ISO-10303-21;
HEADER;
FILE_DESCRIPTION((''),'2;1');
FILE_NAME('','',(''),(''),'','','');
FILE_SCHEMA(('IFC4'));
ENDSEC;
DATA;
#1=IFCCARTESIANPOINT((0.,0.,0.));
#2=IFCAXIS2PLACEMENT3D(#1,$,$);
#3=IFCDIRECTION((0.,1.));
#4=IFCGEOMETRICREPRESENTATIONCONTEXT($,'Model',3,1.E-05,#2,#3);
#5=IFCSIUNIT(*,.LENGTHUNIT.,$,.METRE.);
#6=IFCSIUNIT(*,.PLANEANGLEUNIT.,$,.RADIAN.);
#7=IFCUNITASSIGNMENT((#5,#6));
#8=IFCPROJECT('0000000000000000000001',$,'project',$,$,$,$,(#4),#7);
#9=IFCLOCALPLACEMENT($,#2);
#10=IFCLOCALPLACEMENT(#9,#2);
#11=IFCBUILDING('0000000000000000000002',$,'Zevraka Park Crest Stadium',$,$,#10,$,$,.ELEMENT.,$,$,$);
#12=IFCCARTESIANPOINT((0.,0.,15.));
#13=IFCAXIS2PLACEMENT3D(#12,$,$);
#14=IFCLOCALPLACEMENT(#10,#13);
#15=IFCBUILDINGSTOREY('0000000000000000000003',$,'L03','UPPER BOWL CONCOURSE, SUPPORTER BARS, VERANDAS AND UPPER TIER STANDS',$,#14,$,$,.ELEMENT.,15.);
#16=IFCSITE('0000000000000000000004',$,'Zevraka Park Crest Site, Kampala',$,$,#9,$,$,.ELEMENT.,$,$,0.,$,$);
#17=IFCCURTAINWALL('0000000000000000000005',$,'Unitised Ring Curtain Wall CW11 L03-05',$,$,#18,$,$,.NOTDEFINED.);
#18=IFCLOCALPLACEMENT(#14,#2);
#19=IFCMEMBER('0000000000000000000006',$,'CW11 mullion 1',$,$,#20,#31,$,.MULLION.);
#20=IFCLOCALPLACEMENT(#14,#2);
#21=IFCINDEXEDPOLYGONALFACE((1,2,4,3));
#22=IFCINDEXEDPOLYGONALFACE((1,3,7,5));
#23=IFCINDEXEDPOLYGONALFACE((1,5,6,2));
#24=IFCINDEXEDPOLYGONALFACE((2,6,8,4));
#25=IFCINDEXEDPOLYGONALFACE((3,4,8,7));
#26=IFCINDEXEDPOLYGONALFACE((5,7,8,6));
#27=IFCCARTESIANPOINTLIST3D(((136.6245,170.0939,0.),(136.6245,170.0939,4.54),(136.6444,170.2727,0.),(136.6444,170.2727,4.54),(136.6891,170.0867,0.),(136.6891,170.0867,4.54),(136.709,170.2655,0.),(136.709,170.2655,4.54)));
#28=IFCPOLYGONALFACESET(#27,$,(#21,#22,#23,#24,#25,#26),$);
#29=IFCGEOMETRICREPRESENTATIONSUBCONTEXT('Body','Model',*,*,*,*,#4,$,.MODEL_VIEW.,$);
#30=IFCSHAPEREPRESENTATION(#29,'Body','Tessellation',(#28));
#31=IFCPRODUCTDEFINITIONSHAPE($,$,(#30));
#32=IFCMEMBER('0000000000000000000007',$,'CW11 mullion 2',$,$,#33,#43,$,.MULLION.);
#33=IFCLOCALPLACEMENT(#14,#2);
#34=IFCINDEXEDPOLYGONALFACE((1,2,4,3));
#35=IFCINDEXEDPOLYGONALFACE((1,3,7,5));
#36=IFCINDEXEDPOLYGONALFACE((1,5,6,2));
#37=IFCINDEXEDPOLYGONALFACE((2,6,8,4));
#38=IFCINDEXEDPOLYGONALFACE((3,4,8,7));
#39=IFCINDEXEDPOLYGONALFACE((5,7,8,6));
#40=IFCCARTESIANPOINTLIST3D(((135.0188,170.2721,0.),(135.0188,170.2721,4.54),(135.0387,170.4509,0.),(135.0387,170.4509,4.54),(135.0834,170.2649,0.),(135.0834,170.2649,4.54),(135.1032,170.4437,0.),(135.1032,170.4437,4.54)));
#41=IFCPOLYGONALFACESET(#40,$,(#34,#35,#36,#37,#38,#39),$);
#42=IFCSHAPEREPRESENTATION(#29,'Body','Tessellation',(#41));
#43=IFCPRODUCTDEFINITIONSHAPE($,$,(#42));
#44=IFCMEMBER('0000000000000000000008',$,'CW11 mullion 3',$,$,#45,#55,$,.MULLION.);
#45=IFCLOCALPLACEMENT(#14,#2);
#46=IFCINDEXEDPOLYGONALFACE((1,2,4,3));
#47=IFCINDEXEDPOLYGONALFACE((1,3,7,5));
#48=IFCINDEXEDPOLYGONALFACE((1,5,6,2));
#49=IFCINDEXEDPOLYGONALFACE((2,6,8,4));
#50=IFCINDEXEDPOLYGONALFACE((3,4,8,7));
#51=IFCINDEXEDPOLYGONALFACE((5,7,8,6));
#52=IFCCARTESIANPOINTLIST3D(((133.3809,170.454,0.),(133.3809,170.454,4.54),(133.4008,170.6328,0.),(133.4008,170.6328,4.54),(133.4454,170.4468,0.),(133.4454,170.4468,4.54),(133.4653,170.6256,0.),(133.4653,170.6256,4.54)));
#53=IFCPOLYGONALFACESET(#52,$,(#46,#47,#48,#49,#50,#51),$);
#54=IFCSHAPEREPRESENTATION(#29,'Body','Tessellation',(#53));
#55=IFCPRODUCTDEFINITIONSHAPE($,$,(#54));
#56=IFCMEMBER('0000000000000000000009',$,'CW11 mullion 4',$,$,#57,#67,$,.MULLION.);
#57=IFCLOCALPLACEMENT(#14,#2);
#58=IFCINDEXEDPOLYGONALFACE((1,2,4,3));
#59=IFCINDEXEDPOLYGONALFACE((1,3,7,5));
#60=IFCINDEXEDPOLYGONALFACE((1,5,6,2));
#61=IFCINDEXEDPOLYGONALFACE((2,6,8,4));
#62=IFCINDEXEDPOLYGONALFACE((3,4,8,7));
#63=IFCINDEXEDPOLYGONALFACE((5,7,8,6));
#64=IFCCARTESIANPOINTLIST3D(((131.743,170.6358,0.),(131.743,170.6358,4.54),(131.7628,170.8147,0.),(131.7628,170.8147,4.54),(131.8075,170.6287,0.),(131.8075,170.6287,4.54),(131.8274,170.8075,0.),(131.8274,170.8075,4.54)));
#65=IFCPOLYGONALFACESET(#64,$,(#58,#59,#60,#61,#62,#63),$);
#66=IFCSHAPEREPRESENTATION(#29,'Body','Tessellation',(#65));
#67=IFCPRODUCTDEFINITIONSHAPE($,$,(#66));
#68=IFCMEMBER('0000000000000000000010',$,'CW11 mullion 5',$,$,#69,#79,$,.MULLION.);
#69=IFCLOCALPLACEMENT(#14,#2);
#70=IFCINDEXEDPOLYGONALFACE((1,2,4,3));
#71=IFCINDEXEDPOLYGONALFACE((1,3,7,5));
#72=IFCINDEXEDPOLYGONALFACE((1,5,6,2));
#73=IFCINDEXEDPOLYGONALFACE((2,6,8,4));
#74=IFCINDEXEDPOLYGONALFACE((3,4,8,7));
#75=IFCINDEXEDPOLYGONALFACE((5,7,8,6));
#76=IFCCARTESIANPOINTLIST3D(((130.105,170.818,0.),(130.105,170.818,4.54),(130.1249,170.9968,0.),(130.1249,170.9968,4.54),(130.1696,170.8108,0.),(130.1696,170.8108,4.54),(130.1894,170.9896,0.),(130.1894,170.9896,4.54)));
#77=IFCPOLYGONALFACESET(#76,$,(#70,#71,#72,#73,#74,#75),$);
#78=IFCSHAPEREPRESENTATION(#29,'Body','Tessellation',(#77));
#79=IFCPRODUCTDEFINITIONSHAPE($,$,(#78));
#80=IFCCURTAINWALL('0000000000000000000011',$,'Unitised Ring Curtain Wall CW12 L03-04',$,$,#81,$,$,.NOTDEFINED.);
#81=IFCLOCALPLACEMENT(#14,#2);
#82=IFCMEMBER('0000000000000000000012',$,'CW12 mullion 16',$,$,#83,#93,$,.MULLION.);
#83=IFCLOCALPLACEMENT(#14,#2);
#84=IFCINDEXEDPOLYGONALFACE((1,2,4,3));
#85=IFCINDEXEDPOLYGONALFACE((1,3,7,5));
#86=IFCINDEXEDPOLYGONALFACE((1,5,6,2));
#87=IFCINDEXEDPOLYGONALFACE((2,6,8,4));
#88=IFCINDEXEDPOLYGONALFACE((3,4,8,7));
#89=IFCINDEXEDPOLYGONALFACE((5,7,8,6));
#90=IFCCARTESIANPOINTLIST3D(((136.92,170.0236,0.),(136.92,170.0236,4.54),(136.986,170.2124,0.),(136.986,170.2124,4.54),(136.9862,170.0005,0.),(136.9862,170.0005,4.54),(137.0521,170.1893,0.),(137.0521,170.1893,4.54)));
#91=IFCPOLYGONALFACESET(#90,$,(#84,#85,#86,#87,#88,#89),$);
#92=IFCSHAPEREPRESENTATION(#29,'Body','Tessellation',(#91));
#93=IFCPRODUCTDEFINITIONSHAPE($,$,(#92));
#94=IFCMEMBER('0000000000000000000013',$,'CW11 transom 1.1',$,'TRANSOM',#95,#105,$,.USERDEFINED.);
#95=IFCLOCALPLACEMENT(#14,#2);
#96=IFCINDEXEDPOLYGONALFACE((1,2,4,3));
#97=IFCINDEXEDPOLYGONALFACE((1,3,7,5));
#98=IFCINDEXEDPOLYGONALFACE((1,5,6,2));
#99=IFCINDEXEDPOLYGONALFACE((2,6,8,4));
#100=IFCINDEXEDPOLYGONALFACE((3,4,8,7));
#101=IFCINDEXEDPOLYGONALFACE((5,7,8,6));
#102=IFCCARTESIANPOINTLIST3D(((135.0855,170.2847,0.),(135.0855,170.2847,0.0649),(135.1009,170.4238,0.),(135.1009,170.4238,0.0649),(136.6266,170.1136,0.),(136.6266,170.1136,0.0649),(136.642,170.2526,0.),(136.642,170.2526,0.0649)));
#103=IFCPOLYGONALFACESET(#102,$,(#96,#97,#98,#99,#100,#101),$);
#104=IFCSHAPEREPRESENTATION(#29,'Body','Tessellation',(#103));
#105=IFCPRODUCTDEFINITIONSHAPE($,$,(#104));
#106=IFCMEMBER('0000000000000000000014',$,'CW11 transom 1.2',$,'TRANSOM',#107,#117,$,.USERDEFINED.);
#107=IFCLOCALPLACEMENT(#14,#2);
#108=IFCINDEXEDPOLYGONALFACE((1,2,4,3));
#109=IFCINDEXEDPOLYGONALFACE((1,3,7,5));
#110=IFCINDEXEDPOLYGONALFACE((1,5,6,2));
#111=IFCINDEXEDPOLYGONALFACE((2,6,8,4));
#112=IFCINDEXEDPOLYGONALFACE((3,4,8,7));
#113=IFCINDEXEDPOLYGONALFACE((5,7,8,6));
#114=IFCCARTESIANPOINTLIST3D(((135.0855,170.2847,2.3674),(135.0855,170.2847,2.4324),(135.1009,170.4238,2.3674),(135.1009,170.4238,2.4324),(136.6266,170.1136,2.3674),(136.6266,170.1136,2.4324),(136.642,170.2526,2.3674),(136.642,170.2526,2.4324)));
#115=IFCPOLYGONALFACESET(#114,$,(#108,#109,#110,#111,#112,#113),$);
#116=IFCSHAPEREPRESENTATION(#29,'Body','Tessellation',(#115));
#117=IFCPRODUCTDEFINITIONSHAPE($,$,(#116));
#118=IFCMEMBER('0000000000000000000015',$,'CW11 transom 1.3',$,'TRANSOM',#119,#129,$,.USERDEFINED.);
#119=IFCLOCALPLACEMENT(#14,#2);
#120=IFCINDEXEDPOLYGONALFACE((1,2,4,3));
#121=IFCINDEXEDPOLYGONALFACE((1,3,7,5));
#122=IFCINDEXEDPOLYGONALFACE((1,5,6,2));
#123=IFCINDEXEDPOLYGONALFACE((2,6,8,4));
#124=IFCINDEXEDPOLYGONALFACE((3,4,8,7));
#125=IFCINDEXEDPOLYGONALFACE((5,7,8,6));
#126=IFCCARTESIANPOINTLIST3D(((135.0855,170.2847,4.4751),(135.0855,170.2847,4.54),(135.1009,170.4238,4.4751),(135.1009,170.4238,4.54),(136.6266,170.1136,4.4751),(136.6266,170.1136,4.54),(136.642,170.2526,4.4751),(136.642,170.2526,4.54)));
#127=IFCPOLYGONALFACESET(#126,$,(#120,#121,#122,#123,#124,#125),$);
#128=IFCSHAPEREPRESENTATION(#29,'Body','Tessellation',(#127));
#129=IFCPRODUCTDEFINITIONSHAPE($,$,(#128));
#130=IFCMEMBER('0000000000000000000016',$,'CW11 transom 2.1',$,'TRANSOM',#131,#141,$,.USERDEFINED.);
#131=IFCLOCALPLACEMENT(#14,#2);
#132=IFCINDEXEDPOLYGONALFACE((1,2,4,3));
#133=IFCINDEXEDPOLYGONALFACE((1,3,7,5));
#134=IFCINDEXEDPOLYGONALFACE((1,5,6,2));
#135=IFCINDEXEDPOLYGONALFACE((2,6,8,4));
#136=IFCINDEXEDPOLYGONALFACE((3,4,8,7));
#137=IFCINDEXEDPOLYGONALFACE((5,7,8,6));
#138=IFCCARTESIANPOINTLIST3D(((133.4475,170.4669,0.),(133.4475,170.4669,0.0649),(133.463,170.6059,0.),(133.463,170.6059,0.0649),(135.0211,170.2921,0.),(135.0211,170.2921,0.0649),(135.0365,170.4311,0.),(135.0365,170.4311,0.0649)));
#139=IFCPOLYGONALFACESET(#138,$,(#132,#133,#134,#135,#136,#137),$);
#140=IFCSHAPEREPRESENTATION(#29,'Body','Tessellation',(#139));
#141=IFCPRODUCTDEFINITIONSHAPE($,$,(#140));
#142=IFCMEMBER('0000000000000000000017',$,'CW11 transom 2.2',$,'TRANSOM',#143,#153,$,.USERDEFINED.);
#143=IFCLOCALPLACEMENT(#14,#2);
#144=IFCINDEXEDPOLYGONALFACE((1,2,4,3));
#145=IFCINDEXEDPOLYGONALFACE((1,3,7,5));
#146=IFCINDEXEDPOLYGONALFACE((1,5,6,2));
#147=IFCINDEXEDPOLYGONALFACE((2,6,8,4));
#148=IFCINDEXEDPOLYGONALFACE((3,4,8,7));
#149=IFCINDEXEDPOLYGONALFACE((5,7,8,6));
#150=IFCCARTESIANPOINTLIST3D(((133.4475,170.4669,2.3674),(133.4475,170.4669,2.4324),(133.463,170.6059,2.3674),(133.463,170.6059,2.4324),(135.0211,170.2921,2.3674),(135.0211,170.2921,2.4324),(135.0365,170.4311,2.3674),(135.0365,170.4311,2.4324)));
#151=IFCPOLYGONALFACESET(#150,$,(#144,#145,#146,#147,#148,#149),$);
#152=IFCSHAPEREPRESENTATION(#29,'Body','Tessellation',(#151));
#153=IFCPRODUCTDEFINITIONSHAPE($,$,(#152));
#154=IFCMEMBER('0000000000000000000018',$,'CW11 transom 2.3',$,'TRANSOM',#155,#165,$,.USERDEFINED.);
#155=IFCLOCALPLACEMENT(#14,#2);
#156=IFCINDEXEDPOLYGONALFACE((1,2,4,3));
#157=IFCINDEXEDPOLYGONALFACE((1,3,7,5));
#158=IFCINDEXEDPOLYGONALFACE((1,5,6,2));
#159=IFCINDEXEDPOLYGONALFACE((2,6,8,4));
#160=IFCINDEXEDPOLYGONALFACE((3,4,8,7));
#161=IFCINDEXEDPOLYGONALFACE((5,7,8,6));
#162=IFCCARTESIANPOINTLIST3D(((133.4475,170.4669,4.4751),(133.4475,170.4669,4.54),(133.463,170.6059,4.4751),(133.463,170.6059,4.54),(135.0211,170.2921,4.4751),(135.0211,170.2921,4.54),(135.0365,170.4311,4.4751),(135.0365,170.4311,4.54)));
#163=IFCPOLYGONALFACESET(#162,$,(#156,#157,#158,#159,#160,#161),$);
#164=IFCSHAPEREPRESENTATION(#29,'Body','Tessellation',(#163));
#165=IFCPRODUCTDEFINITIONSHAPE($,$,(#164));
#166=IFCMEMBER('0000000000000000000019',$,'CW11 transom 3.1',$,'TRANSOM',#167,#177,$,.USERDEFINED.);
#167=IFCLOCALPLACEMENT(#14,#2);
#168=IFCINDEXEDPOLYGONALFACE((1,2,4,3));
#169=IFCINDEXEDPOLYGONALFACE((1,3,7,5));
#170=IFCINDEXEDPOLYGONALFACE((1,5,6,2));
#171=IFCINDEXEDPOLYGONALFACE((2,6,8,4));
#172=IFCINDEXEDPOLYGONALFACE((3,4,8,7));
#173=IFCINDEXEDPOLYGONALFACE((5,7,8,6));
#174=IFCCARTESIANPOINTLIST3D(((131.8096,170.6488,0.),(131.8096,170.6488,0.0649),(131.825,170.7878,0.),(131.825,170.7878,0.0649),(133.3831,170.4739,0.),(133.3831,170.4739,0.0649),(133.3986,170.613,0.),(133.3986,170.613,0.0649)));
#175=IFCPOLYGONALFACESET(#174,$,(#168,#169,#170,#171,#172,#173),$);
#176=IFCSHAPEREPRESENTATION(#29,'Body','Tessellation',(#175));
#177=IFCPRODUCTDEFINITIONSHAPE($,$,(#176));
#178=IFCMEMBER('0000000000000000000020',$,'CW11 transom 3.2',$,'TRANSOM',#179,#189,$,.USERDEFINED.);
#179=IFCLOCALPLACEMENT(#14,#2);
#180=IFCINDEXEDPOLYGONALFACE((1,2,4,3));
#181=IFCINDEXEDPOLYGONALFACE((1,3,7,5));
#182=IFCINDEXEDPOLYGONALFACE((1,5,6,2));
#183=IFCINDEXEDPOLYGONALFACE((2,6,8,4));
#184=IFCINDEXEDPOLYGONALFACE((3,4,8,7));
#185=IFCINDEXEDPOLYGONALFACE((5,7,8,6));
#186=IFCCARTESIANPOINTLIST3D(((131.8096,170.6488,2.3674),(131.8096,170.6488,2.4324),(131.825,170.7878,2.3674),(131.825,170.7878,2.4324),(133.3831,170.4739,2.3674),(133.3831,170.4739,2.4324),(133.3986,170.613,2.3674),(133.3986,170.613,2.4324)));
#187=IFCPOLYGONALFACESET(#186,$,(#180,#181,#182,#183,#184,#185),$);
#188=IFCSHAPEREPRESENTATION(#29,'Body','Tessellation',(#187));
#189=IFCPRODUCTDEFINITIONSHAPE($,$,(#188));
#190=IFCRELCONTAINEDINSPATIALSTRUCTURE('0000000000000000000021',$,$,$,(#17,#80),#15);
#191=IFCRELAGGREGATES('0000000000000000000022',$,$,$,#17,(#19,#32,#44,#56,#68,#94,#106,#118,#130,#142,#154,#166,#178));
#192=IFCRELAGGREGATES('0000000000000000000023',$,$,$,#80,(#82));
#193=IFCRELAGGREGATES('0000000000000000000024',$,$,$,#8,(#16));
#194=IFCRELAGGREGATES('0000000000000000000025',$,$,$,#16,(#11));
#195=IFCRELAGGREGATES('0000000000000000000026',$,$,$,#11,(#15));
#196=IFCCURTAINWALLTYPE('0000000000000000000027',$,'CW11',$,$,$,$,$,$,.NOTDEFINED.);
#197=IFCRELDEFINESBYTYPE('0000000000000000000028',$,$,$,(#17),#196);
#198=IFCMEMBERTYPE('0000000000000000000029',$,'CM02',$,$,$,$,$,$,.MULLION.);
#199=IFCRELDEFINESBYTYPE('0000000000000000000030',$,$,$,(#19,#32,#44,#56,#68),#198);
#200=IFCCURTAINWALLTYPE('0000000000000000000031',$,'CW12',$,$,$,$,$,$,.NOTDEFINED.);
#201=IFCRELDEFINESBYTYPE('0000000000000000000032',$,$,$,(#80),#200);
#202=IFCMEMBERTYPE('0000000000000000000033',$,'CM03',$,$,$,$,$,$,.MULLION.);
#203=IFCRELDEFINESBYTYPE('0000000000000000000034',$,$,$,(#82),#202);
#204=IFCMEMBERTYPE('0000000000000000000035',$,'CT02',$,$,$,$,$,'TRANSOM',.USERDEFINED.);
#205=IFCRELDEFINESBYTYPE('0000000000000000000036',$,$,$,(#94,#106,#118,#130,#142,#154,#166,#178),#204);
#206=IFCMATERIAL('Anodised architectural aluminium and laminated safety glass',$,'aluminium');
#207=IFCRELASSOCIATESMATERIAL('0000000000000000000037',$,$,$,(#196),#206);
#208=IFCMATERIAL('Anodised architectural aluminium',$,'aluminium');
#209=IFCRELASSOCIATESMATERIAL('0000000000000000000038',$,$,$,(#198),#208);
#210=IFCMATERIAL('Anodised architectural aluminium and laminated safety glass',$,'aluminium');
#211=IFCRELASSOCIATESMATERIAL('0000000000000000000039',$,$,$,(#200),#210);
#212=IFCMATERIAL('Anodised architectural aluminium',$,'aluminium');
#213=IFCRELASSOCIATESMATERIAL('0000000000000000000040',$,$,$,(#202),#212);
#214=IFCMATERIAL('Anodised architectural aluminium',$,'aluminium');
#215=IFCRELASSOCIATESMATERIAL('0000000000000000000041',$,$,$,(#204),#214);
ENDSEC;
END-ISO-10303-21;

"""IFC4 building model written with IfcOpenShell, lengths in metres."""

from ifc_helpers import new_model, si_unit, direction, frame, origin, origin_2d, place, context, subcontext, project, spatial, rectangle, extrude, material, material_profile, profile_set, type_object, element, aggregate, save


model = new_model("IFC4")

# Units and contexts
model_context = context("Model", 3, precision=1e-05, world=origin(), true_north=direction((0.0, 1.0)))
body_context = subcontext(model_context, "Body", "Model", "MODEL_VIEW")
ifc_project = project(units=[si_unit("LENGTHUNIT", "METRE"), si_unit("PLANEANGLEUNIT", "RADIAN")], contexts=[model_context])

# Site, building, storey
site_placement = place(None, origin())
site = spatial("IfcSite", under=ifc_project, at=site_placement, Name="Zevraka Park Crest Site, Kampala", CompositionType="ELEMENT", RefElevation=0.0)
building_placement = place(site_placement, origin())
building = spatial("IfcBuilding", under=site, at=building_placement, Name="Zevraka Park Crest Stadium", CompositionType="ELEMENT")
storey_placement = place(building_placement, frame((0.0, 0.0, 15.0)))
storey = spatial("IfcBuildingStorey", under=building, at=storey_placement, Name="L03", Description="UPPER BOWL CONCOURSE, SUPPORTER BARS, VERANDAS AND UPPER TIER STANDS", CompositionType="ELEMENT", Elevation=15.0)

# Curtain wall, members
ifc_material_1 = material(Name="Anodised architectural aluminium and laminated safety glass", Category="aluminium")
curtain_wall_type_1 = type_object("IfcCurtainWallType", Name="CW11", PredefinedType="NOTDEFINED", material=ifc_material_1)
curtain_wall_1_placement = place(storey_placement, origin())
curtain_wall_1 = element("IfcCurtainWall", 1, at=curtain_wall_1_placement, inside=storey, type_object=curtain_wall_type_1, Name="Unitised Ring Curtain Wall CW11 L03-05", PredefinedType="NOTDEFINED")
ifc_material_2 = material(Name="Anodised architectural aluminium", Category="aluminium")
ifc_material_profile_1 = material_profile(ifc_material_2, rectangle(XDim=0.1799, YDim=0.0649, at=origin_2d()), Name="ALU MULLION 180x65")
ifc_profile_set_1 = profile_set([ifc_material_profile_1], Name="Anodised architectural aluminium")
member_type_1 = type_object("IfcMemberType", Name="CM02", PredefinedType="MULLION", material=ifc_profile_set_1)
member_1_placement = place(storey_placement, frame((136.6667, 170.1797, 0.0), z_axis=(0.0, 0.0, 1.0), x_axis=(-0.110396, -0.993888, 0.0)))
member_1 = element("IfcMember", 2, at=member_1_placement, type_object=member_type_1, Name="CW11 mullion 1", PredefinedType="MULLION", context=body_context, shape_type="SweptSolid", body=[
    extrude(rectangle(XDim=0.1799, YDim=0.0649, at=origin_2d()), origin(), (0.0, 0.0, 1.0), 4.54),
])
member_2_placement = place(storey_placement, frame((135.061, 170.3579, 0.0), z_axis=(0.0, 0.0, 1.0), x_axis=(-0.110396, -0.993888, 0.0)))
member_2 = element("IfcMember", 3, at=member_2_placement, type_object=member_type_1, Name="CW11 mullion 2", PredefinedType="MULLION", context=body_context, shape_type="SweptSolid", body=[
    extrude(rectangle(XDim=0.1799, YDim=0.0649, at=origin_2d()), origin(), (0.0, 0.0, 1.0), 4.54),
])
member_3_placement = place(storey_placement, frame((133.4231, 170.5398, 0.0), z_axis=(0.0, 0.0, 1.0), x_axis=(-0.110396, -0.993888, 0.0)))
member_3 = element("IfcMember", 4, at=member_3_placement, type_object=member_type_1, Name="CW11 mullion 3", PredefinedType="MULLION", context=body_context, shape_type="SweptSolid", body=[
    extrude(rectangle(XDim=0.1799, YDim=0.0649, at=origin_2d()), origin(), (0.0, 0.0, 1.0), 4.54),
])
member_4_placement = place(storey_placement, frame((131.7852, 170.7217, 0.0), z_axis=(0.0, 0.0, 1.0), x_axis=(-0.110396, -0.993888, 0.0)))
member_4 = element("IfcMember", 5, at=member_4_placement, type_object=member_type_1, Name="CW11 mullion 4", PredefinedType="MULLION", context=body_context, shape_type="SweptSolid", body=[
    extrude(rectangle(XDim=0.1799, YDim=0.0649, at=origin_2d()), origin(), (0.0, 0.0, 1.0), 4.54),
])
member_5_placement = place(storey_placement, frame((130.1472, 170.9038, 0.0), z_axis=(0.0, 0.0, 1.0), x_axis=(-0.110396, -0.993888, 0.0)))
member_5 = element("IfcMember", 6, at=member_5_placement, type_object=member_type_1, Name="CW11 mullion 5", PredefinedType="MULLION", context=body_context, shape_type="SweptSolid", body=[
    extrude(rectangle(XDim=0.1799, YDim=0.0649, at=origin_2d()), origin(), (0.0, 0.0, 1.0), 4.54),
])

# Curtain wall, member
ifc_material_3 = material(Name="Anodised architectural aluminium and laminated safety glass", Category="aluminium")
curtain_wall_type_2 = type_object("IfcCurtainWallType", Name="CW12", PredefinedType="NOTDEFINED", material=ifc_material_3)
curtain_wall_2_placement = place(storey_placement, origin())
curtain_wall_2 = element("IfcCurtainWall", 7, at=curtain_wall_2_placement, inside=storey, type_object=curtain_wall_type_2, Name="Unitised Ring Curtain Wall CW12 L03-04", PredefinedType="NOTDEFINED")
ifc_material_4 = material(Name="Anodised architectural aluminium", Category="aluminium")
ifc_material_profile_2 = material_profile(ifc_material_4, rectangle(XDim=0.2, YDim=0.0701, at=origin_2d()), Name="ALU MULLION 200x70")
ifc_profile_set_2 = profile_set([ifc_material_profile_2], Name="Anodised architectural aluminium")
member_type_2 = type_object("IfcMemberType", Name="CM03", PredefinedType="MULLION", material=ifc_profile_set_2)
member_6_placement = place(storey_placement, frame((136.9861, 170.1064, 0.0), z_axis=(0.0, 0.0, 1.0), x_axis=(-0.329917, -0.94401, 0.0)))
member_6 = element("IfcMember", 8, at=member_6_placement, type_object=member_type_2, Name="CW12 mullion 16", PredefinedType="MULLION", context=body_context, shape_type="SweptSolid", body=[
    extrude(rectangle(XDim=0.2, YDim=0.0701, at=origin_2d()), origin(), (0.0, 0.0, 1.0), 4.54),
])

# Members
ifc_material_5 = material(Name="Anodised architectural aluminium", Category="aluminium")
ifc_material_profile_3 = material_profile(ifc_material_5, rectangle(XDim=0.1399, YDim=0.0649, at=origin_2d()), Name="ALU TRANSOM 140x65")
ifc_profile_set_3 = profile_set([ifc_material_profile_3], Name="Anodised architectural aluminium")
member_type_3 = type_object("IfcMemberType", Name="CT02", ElementType="TRANSOM", PredefinedType="USERDEFINED", material=ifc_profile_set_3)
member_7_placement = place(storey_placement, frame((136.6343, 170.1831, 0.0325), z_axis=(-0.993889, 0.11038, 0.0), x_axis=(-0.11038, -0.993889, 0.0)))
member_7 = element("IfcMember", 9, at=member_7_placement, type_object=member_type_3, Name="CW11 transom 1.1", ObjectType="TRANSOM", PredefinedType="USERDEFINED", context=body_context, shape_type="SweptSolid", body=[
    extrude(rectangle(XDim=0.1399, YDim=0.0649, at=origin_2d()), origin(), (0.0, 0.0, 1.0), 1.5505),
])
member_8_placement = place(storey_placement, frame((136.6343, 170.1831, 2.3999), z_axis=(-0.993889, 0.11038, 0.0), x_axis=(-0.11038, -0.993889, 0.0)))
member_8 = element("IfcMember", 10, at=member_8_placement, type_object=member_type_3, Name="CW11 transom 1.2", ObjectType="TRANSOM", PredefinedType="USERDEFINED", context=body_context, shape_type="SweptSolid", body=[
    extrude(rectangle(XDim=0.1399, YDim=0.0649, at=origin_2d()), origin(), (0.0, 0.0, 1.0), 1.5505),
])
member_9_placement = place(storey_placement, frame((136.6343, 170.1831, 4.5076), z_axis=(-0.993889, 0.11038, 0.0), x_axis=(-0.11038, -0.993889, 0.0)))
member_9 = element("IfcMember", 11, at=member_9_placement, type_object=member_type_3, Name="CW11 transom 1.3", ObjectType="TRANSOM", PredefinedType="USERDEFINED", context=body_context, shape_type="SweptSolid", body=[
    extrude(rectangle(XDim=0.1399, YDim=0.0649, at=origin_2d()), origin(), (0.0, 0.0, 1.0), 1.5505),
])
member_10_placement = place(storey_placement, frame((135.0288, 170.3616, 0.0325), z_axis=(-0.993886, 0.110415, 0.0), x_axis=(-0.110415, -0.993886, 0.0)))
member_10 = element("IfcMember", 12, at=member_10_placement, type_object=member_type_3, Name="CW11 transom 2.1", ObjectType="TRANSOM", PredefinedType="USERDEFINED", context=body_context, shape_type="SweptSolid", body=[
    extrude(rectangle(XDim=0.1399, YDim=0.0649, at=origin_2d()), origin(), (0.0, 0.0, 1.0), 1.5833),
])
member_11_placement = place(storey_placement, frame((135.0288, 170.3616, 2.3999), z_axis=(-0.993886, 0.110415, 0.0), x_axis=(-0.110415, -0.993886, 0.0)))
member_11 = element("IfcMember", 13, at=member_11_placement, type_object=member_type_3, Name="CW11 transom 2.2", ObjectType="TRANSOM", PredefinedType="USERDEFINED", context=body_context, shape_type="SweptSolid", body=[
    extrude(rectangle(XDim=0.1399, YDim=0.0649, at=origin_2d()), origin(), (0.0, 0.0, 1.0), 1.5833),
])
member_12_placement = place(storey_placement, frame((135.0288, 170.3616, 4.5076), z_axis=(-0.993886, 0.110415, 0.0), x_axis=(-0.110415, -0.993886, 0.0)))
member_12 = element("IfcMember", 14, at=member_12_placement, type_object=member_type_3, Name="CW11 transom 2.3", ObjectType="TRANSOM", PredefinedType="USERDEFINED", context=body_context, shape_type="SweptSolid", body=[
    extrude(rectangle(XDim=0.1399, YDim=0.0649, at=origin_2d()), origin(), (0.0, 0.0, 1.0), 1.5833),
])
member_13_placement = place(storey_placement, frame((133.3909, 170.5435, 0.0325), z_axis=(-0.993886, 0.110415, 0.0), x_axis=(-0.110415, -0.993886, 0.0)))
member_13 = element("IfcMember", 15, at=member_13_placement, type_object=member_type_3, Name="CW11 transom 3.1", ObjectType="TRANSOM", PredefinedType="USERDEFINED", context=body_context, shape_type="SweptSolid", body=[
    extrude(rectangle(XDim=0.1399, YDim=0.0649, at=origin_2d()), origin(), (0.0, 0.0, 1.0), 1.5833),
])
member_14_placement = place(storey_placement, frame((133.3909, 170.5435, 2.3999), z_axis=(-0.993886, 0.110415, 0.0), x_axis=(-0.110415, -0.993886, 0.0)))
member_14 = element("IfcMember", 16, at=member_14_placement, type_object=member_type_3, Name="CW11 transom 3.2", ObjectType="TRANSOM", PredefinedType="USERDEFINED", context=body_context, shape_type="SweptSolid", body=[
    extrude(rectangle(XDim=0.1399, YDim=0.0649, at=origin_2d()), origin(), (0.0, 0.0, 1.0), 1.5833),
])

aggregate(curtain_wall_1, [member_1, member_2, member_3, member_4, member_5, member_7, member_8, member_9, member_10, member_11, member_12, member_13, member_14])
aggregate(curtain_wall_2, [member_6])

save(model, "model.ifc")
